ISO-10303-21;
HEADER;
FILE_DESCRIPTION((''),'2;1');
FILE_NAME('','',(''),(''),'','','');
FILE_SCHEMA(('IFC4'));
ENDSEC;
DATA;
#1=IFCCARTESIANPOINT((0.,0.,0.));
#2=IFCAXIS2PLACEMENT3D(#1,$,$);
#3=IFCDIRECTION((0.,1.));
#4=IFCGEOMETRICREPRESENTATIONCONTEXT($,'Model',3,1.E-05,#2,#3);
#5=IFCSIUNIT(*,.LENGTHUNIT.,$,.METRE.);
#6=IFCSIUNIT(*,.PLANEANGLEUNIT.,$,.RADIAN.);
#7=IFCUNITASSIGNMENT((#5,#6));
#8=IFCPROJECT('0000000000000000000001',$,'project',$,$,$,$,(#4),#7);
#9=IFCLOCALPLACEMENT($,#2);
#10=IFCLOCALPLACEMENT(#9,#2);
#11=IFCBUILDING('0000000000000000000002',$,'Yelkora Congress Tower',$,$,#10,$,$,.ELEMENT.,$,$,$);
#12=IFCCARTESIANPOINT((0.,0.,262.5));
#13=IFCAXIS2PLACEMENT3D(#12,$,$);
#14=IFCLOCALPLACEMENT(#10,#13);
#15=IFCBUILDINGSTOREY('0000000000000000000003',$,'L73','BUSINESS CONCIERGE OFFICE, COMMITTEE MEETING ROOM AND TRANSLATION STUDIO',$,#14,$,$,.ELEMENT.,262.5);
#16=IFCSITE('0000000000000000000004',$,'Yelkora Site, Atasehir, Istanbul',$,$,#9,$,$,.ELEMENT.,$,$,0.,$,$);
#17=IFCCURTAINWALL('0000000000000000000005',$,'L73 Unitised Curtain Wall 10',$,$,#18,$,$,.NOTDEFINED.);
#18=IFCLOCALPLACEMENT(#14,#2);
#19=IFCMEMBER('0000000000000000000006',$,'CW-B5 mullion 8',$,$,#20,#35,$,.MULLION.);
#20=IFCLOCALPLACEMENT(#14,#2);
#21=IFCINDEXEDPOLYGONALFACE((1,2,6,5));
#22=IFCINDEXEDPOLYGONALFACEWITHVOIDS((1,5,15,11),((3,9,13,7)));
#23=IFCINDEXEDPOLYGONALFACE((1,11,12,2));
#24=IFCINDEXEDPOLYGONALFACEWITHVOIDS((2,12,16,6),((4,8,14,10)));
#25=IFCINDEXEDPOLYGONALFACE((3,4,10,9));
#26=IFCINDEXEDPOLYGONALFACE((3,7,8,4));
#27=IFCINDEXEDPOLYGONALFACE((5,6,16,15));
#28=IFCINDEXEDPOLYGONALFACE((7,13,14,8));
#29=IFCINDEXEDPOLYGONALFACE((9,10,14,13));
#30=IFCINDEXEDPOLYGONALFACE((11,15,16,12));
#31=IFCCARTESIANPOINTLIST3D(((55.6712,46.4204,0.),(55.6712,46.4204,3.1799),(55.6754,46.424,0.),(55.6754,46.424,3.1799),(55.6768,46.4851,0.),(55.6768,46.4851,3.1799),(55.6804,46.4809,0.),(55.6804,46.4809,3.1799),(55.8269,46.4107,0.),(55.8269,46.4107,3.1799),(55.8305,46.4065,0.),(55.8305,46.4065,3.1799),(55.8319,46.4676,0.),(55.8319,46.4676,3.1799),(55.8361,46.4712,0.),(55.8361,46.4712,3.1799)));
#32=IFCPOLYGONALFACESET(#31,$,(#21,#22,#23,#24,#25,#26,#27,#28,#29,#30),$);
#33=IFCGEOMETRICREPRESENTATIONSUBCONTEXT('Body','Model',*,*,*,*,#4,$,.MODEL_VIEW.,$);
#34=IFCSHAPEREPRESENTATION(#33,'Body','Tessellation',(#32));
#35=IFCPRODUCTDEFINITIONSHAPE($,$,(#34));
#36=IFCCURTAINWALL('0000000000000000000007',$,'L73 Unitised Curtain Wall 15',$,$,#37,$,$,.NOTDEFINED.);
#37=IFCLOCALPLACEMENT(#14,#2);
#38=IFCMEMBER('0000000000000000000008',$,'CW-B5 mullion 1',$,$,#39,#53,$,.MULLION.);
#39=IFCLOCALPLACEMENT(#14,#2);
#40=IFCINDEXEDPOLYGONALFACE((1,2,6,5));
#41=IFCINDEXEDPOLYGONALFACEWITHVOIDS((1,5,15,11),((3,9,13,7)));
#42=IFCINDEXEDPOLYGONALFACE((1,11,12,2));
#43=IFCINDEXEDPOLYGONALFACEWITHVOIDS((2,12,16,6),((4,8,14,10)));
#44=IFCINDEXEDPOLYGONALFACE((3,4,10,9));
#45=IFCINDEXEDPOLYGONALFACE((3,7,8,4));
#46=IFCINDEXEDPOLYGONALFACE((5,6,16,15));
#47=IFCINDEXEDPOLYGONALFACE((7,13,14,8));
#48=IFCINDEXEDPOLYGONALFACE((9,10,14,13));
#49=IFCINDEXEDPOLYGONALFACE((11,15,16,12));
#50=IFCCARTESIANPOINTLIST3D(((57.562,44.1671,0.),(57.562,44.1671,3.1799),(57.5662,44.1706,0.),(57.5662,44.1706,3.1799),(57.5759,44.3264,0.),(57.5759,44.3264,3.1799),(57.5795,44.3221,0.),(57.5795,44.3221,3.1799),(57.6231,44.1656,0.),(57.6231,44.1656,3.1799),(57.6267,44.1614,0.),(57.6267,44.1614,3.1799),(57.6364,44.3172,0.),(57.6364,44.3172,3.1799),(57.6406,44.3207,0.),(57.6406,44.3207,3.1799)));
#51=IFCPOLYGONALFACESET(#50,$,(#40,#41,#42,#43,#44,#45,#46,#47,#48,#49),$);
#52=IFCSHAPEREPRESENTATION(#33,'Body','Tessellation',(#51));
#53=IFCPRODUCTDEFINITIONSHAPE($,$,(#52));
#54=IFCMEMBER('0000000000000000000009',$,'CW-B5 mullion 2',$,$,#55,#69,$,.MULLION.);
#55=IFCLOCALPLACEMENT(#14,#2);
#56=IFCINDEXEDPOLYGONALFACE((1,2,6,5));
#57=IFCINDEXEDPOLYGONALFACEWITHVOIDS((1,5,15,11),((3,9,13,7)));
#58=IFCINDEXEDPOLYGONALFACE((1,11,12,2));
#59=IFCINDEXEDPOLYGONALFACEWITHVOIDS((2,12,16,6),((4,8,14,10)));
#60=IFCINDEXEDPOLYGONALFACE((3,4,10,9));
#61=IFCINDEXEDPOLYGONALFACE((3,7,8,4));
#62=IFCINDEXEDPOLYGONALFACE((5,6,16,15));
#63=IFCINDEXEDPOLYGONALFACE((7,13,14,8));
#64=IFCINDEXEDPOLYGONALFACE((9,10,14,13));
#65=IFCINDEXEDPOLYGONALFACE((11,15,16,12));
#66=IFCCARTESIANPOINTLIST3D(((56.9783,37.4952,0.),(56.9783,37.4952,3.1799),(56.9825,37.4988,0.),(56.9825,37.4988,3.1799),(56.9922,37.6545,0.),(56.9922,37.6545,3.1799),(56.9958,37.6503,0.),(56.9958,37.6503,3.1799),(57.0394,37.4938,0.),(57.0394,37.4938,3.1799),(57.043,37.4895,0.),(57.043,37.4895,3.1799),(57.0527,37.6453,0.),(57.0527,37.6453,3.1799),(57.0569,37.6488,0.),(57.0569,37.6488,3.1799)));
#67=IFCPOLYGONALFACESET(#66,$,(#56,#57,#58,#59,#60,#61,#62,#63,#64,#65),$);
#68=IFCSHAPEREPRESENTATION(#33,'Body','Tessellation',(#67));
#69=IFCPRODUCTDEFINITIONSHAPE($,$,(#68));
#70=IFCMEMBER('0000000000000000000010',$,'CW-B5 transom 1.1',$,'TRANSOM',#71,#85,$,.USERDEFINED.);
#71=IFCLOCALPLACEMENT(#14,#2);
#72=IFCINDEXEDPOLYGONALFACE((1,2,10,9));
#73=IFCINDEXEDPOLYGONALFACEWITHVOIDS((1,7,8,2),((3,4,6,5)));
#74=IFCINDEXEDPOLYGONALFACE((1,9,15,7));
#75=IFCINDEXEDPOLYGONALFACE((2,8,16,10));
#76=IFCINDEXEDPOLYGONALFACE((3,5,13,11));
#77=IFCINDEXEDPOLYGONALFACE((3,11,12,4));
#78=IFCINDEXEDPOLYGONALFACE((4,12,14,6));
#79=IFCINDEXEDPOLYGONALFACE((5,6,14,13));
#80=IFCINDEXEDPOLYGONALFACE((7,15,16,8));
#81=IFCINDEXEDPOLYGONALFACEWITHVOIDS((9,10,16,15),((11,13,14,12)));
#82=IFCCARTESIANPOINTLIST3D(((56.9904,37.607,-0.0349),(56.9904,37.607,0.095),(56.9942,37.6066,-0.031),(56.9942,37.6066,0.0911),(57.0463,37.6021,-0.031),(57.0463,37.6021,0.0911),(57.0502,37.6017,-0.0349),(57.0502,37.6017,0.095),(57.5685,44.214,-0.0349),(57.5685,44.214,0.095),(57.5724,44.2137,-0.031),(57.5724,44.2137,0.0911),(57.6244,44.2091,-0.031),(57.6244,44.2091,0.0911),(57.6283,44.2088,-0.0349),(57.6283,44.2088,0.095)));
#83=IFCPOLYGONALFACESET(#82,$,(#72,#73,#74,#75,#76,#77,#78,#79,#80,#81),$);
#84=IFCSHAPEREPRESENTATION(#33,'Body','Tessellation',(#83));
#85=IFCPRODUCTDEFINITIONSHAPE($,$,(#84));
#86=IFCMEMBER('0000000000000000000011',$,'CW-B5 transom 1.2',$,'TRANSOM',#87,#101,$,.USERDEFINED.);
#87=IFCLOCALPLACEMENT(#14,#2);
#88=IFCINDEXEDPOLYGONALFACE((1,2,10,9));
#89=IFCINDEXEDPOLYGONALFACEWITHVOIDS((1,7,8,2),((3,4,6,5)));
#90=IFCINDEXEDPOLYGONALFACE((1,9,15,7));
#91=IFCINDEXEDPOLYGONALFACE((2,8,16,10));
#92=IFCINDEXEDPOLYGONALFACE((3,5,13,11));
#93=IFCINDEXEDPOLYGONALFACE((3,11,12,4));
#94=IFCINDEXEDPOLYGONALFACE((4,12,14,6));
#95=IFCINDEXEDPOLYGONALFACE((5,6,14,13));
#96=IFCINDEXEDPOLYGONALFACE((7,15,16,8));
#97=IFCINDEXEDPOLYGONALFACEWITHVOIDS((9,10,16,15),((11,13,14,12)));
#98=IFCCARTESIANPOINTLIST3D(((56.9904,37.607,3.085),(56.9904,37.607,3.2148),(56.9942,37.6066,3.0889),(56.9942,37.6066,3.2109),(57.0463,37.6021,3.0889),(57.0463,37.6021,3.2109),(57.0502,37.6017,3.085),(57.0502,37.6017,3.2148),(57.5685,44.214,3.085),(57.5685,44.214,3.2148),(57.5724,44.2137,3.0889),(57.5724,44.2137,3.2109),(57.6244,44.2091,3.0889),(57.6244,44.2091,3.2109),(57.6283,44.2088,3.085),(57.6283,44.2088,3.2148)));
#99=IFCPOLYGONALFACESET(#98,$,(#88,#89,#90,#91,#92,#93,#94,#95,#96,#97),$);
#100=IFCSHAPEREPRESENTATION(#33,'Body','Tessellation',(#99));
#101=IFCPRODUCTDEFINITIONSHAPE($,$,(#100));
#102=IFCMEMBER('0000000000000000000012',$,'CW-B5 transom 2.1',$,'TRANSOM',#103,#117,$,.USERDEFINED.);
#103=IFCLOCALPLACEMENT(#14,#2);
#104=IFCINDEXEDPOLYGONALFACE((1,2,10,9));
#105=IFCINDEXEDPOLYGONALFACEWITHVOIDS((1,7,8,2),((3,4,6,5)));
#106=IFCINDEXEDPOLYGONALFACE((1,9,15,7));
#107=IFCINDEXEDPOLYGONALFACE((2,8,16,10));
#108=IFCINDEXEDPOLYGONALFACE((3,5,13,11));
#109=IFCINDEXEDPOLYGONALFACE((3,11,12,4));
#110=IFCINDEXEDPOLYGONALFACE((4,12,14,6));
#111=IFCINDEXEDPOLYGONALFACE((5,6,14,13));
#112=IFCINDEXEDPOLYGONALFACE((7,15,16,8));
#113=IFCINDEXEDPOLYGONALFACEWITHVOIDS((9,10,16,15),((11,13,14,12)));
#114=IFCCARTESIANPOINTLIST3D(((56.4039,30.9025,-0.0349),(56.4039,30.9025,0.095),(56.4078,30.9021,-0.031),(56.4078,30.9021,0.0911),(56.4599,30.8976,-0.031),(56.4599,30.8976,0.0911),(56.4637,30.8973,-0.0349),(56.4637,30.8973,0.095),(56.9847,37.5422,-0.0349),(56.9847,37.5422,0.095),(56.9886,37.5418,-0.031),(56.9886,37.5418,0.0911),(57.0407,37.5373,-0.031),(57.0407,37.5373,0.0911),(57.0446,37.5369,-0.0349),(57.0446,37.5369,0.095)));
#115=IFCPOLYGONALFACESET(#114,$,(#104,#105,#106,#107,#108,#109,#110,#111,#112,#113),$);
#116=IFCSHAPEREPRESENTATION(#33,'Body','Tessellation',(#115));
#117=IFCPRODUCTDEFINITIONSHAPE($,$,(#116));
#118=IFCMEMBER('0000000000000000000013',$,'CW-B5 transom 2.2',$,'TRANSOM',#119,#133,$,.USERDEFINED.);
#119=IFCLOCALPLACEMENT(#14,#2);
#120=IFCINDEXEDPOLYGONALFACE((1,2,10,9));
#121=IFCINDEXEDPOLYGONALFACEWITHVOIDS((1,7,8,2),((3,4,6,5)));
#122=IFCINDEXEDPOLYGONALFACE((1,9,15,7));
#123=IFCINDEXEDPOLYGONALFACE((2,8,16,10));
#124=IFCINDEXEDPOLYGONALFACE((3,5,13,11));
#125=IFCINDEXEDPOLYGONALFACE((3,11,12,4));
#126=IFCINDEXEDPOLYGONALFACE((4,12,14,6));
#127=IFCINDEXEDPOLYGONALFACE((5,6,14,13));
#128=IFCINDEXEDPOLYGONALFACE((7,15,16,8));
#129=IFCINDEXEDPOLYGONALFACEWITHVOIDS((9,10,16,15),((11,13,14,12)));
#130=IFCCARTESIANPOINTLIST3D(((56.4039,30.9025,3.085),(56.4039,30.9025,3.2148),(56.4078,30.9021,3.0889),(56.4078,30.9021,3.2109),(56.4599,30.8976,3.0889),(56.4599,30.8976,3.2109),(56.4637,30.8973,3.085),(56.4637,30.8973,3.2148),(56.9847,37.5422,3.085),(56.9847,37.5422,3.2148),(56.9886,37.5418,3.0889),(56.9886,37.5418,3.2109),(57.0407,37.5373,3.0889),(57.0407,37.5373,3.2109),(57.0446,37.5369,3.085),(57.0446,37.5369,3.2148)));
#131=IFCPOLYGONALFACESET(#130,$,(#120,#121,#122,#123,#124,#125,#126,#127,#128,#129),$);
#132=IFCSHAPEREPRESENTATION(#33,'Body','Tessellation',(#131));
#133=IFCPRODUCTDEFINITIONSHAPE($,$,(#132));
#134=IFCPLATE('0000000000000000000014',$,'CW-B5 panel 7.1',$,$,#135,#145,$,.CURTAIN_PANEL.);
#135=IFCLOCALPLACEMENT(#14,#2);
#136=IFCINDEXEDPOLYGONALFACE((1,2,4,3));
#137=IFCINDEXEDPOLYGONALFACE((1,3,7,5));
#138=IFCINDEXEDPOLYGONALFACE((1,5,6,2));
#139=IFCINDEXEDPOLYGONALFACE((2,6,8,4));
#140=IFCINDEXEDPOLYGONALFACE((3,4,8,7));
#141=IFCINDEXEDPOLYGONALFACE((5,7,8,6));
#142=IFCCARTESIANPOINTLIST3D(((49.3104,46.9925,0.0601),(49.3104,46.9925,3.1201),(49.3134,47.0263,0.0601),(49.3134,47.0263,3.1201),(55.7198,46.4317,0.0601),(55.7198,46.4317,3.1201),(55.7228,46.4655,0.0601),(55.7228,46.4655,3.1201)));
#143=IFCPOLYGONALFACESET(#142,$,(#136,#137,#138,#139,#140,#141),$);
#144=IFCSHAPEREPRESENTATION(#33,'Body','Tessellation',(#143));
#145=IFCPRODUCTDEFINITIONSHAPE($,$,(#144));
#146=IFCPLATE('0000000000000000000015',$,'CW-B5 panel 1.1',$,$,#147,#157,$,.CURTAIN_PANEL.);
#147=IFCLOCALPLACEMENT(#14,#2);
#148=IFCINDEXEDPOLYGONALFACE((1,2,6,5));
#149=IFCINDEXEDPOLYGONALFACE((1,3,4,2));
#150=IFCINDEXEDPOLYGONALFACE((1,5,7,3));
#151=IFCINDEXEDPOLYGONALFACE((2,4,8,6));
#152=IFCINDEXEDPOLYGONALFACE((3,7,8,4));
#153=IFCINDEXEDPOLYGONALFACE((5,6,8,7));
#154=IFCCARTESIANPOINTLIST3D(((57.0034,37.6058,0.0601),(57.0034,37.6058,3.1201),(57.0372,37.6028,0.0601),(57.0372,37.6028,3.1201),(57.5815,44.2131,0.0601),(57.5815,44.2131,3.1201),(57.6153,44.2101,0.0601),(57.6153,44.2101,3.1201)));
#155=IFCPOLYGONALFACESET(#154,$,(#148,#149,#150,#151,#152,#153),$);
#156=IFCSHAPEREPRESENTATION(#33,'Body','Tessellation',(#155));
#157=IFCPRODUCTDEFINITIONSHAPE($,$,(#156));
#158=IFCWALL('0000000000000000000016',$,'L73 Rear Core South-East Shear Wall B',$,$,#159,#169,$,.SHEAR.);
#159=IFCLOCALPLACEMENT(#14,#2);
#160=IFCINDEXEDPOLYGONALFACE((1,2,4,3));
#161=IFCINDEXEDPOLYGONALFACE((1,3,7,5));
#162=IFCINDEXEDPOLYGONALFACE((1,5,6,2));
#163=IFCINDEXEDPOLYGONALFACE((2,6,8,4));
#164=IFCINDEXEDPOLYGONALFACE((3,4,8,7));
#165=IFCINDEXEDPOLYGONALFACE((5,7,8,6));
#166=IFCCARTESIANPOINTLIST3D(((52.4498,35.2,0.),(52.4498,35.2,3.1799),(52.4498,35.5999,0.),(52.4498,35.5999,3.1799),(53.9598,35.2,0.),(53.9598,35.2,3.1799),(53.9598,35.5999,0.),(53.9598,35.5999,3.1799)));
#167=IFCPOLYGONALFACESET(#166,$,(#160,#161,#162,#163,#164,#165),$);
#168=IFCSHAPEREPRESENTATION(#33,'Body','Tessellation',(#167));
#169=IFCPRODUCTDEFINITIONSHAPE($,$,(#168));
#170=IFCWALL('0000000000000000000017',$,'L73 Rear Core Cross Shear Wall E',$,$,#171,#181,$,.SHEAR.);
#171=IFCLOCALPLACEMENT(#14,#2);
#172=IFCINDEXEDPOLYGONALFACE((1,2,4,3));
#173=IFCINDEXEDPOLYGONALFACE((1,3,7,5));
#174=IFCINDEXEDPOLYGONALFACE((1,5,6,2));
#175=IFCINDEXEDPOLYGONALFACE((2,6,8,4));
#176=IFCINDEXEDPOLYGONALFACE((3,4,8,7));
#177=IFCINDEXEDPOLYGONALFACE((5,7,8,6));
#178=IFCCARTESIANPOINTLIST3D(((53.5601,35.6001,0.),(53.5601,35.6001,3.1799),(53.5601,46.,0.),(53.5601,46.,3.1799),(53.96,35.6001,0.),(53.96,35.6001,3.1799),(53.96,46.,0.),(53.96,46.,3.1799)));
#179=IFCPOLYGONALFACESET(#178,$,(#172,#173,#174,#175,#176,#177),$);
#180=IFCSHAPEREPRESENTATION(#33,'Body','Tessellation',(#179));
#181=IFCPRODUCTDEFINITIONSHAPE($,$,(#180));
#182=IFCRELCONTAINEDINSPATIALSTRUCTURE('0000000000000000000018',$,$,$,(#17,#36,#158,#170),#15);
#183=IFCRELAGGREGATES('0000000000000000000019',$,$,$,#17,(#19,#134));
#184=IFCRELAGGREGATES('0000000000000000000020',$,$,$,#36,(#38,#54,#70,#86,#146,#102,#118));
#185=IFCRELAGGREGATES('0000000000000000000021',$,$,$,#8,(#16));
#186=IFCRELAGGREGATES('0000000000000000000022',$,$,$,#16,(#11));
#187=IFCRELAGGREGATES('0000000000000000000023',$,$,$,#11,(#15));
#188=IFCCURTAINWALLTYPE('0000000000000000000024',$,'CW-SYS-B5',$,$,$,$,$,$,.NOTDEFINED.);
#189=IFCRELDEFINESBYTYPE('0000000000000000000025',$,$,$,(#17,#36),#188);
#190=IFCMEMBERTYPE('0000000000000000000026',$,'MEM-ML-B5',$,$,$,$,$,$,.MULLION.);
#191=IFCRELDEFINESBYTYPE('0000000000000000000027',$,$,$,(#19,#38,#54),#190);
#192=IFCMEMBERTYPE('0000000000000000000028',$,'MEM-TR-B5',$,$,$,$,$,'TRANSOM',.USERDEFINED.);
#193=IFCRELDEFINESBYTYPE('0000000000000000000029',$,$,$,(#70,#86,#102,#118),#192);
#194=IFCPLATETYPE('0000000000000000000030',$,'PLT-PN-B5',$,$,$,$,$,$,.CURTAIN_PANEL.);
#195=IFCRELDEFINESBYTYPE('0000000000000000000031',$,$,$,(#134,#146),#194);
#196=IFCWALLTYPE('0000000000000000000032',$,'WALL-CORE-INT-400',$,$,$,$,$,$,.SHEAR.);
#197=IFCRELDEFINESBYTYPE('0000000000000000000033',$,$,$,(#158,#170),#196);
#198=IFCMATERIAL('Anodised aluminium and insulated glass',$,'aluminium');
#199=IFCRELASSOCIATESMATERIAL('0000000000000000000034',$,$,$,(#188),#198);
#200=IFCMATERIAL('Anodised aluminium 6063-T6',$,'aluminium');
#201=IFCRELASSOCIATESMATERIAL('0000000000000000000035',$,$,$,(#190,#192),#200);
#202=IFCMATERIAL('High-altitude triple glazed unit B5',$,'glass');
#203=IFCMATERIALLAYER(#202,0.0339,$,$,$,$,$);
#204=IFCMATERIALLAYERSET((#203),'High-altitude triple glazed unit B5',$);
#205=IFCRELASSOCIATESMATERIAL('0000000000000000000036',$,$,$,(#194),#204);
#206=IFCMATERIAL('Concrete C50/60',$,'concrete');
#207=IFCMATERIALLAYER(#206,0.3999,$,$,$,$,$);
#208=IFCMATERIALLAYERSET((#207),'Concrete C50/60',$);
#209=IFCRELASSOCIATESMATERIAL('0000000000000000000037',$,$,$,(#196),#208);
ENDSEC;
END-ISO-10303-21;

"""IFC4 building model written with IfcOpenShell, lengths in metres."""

from ifc_helpers import new_model, si_unit, direction, frame, frame_2d, origin, origin_2d, place, context, subcontext, project, spatial, rectangle, hollow_rectangle, extrude, material, layer, layer_set, material_profile, profile_set, type_object, element, aggregate, save


model = new_model("IFC4")

# Units and contexts
model_context = context("Model", 3, precision=1e-05, world=origin(), true_north=direction((0.0, 1.0)))
body_context = subcontext(model_context, "Body", "Model", "MODEL_VIEW")
ifc_project = project(units=[si_unit("LENGTHUNIT", "METRE"), si_unit("PLANEANGLEUNIT", "RADIAN")], contexts=[model_context])

# Site, building, storey
site_placement = place(None, origin())
site = spatial("IfcSite", under=ifc_project, at=site_placement, Name="Yelkora Site, Atasehir, Istanbul", CompositionType="ELEMENT", RefElevation=0.0)
building_placement = place(site_placement, origin())
building = spatial("IfcBuilding", under=site, at=building_placement, Name="Yelkora Congress Tower", CompositionType="ELEMENT")
storey_placement = place(building_placement, frame((0.0, 0.0, 262.5)))
storey = spatial("IfcBuildingStorey", under=building, at=storey_placement, Name="L73", Description="BUSINESS CONCIERGE OFFICE, COMMITTEE MEETING ROOM AND TRANSLATION STUDIO", CompositionType="ELEMENT", Elevation=262.5)

# Curtain wall, member
ifc_material_1 = material(Name="Anodised aluminium and insulated glass", Category="aluminium")
curtain_wall_type = type_object("IfcCurtainWallType", Name="CW-SYS-B5", PredefinedType="NOTDEFINED", material=ifc_material_1)
curtain_wall_1_placement = place(storey_placement, origin())
curtain_wall_1 = element("IfcCurtainWall", 1, at=curtain_wall_1_placement, inside=storey, type_object=curtain_wall_type, Name="L73 Unitised Curtain Wall 10", PredefinedType="NOTDEFINED")
ifc_material_2 = material(Name="Anodised aluminium 6063-T6", Category="aluminium")
ifc_material_profile_1 = material_profile(ifc_material_2, hollow_rectangle(XDim=0.0649, YDim=0.1599, WallThickness=0.0039, at=origin_2d()), Name="ALU 65x160x4")
ifc_profile_set_1 = profile_set([ifc_material_profile_1], Name="Anodised aluminium 6063-T6")
member_type_1 = type_object("IfcMemberType", Name="MEM-ML-B5", PredefinedType="MULLION", material=ifc_profile_set_1)
member_1_placement = place(storey_placement, frame((55.7537, 46.4458, 0.0), z_axis=(0.0, 0.0, 1.0), x_axis=(0.087157, 0.996195, 0.0)))
member_1 = element("IfcMember", 2, at=member_1_placement, type_object=member_type_1, Name="CW-B5 mullion 8", PredefinedType="MULLION", context=body_context, shape_type="SweptSolid", body=[
    extrude(hollow_rectangle(XDim=0.0649, YDim=0.1599, WallThickness=0.0039, at=origin_2d()), origin(), (0.0, 0.0, 1.0), 3.1799),
])

# Curtain wall, members
curtain_wall_2_placement = place(storey_placement, origin())
curtain_wall_2 = element("IfcCurtainWall", 3, at=curtain_wall_2_placement, inside=storey, type_object=curtain_wall_type, Name="L73 Unitised Curtain Wall 15", PredefinedType="NOTDEFINED")
member_2_placement = place(storey_placement, frame((57.6013, 44.2439, 0.0), z_axis=(0.0, 0.0, 1.0), x_axis=(0.996194, -0.087158, 0.0)))
member_2 = element("IfcMember", 4, at=member_2_placement, type_object=member_type_1, Name="CW-B5 mullion 1", PredefinedType="MULLION", context=body_context, shape_type="SweptSolid", body=[
    extrude(hollow_rectangle(XDim=0.0649, YDim=0.1599, WallThickness=0.0039, at=origin_2d()), origin(), (0.0, 0.0, 1.0), 3.1799),
])
member_3_placement = place(storey_placement, frame((57.0176, 37.572, 0.0), z_axis=(0.0, 0.0, 1.0), x_axis=(0.996194, -0.087158, 0.0)))
member_3 = element("IfcMember", 5, at=member_3_placement, type_object=member_type_1, Name="CW-B5 mullion 2", PredefinedType="MULLION", context=body_context, shape_type="SweptSolid", body=[
    extrude(hollow_rectangle(XDim=0.0649, YDim=0.1599, WallThickness=0.0039, at=origin_2d()), origin(), (0.0, 0.0, 1.0), 3.1799),
])
ifc_material_profile_2 = material_profile(ifc_material_2, hollow_rectangle(XDim=0.0601, YDim=0.1299, WallThickness=0.0039, at=origin_2d()), Name="ALU 60x130x4")
ifc_profile_set_2 = profile_set([ifc_material_profile_2], Name="Anodised aluminium 6063-T6")
member_type_2 = type_object("IfcMemberType", Name="MEM-TR-B5", ElementType="TRANSOM", PredefinedType="USERDEFINED", material=ifc_profile_set_2)
member_4_placement = place(storey_placement, frame((57.5984, 44.2114, 0.03), z_axis=(-0.087166, -0.996194, 0.0), x_axis=(0.996194, -0.087166, 0.0)))
member_4 = element("IfcMember", 6, at=member_4_placement, type_object=member_type_2, Name="CW-B5 transom 1.1", ObjectType="TRANSOM", PredefinedType="USERDEFINED", context=body_context, shape_type="SweptSolid", body=[
    extrude(hollow_rectangle(XDim=0.0601, YDim=0.1299, WallThickness=0.0039, at=origin_2d()), origin(), (0.0, 0.0, 1.0), 6.6323),
])
member_5_placement = place(storey_placement, frame((57.5984, 44.2114, 3.1499), z_axis=(-0.087166, -0.996194, 0.0), x_axis=(0.996194, -0.087166, 0.0)))
member_5 = element("IfcMember", 7, at=member_5_placement, type_object=member_type_2, Name="CW-B5 transom 1.2", ObjectType="TRANSOM", PredefinedType="USERDEFINED", context=body_context, shape_type="SweptSolid", body=[
    extrude(hollow_rectangle(XDim=0.0601, YDim=0.1299, WallThickness=0.0039, at=origin_2d()), origin(), (0.0, 0.0, 1.0), 6.6323),
])
member_6_placement = place(storey_placement, frame((57.0146, 37.5396, 0.03), z_axis=(-0.087143, -0.996196, 0.0), x_axis=(0.996196, -0.087143, 0.0)))
member_6 = element("IfcMember", 8, at=member_6_placement, type_object=member_type_2, Name="CW-B5 transom 2.1", ObjectType="TRANSOM", PredefinedType="USERDEFINED", context=body_context, shape_type="SweptSolid", body=[
    extrude(hollow_rectangle(XDim=0.0601, YDim=0.1299, WallThickness=0.0039, at=origin_2d()), origin(), (0.0, 0.0, 1.0), 6.665),
])
member_7_placement = place(storey_placement, frame((57.0146, 37.5396, 3.1499), z_axis=(-0.087143, -0.996196, 0.0), x_axis=(0.996196, -0.087143, 0.0)))
member_7 = element("IfcMember", 9, at=member_7_placement, type_object=member_type_2, Name="CW-B5 transom 2.2", ObjectType="TRANSOM", PredefinedType="USERDEFINED", context=body_context, shape_type="SweptSolid", body=[
    extrude(hollow_rectangle(XDim=0.0601, YDim=0.1299, WallThickness=0.0039, at=origin_2d()), origin(), (0.0, 0.0, 1.0), 6.665),
])

# Plates
ifc_material_3 = material(Name="High-altitude triple glazed unit B5", Category="glass")
ifc_layer_1 = layer(ifc_material_3, 0.0339)
ifc_layer_set_1 = layer_set([ifc_layer_1], Name="High-altitude triple glazed unit B5")
plate_type = type_object("IfcPlateType", Name="PLT-PN-B5", PredefinedType="CURTAIN_PANEL", material=ifc_layer_set_1)
plate_1_placement = place(storey_placement, frame((52.5166, 46.729, 0.0601), z_axis=(0.0, 0.0, 1.0), x_axis=(0.996195, -0.087157, 0.0)))
plate_1 = element("IfcPlate", 10, at=plate_1_placement, type_object=plate_type, Name="CW-B5 panel 7.1", PredefinedType="CURTAIN_PANEL", context=body_context, shape_type="SweptSolid", body=[
    extrude(rectangle(XDim=6.4338, YDim=0.0339, at=origin_2d()), origin(), (0.0, 0.0, 1.0), 3.0601),
])
aggregate(curtain_wall_1, [member_1, plate_1])
plate_2_placement = place(storey_placement, frame((57.3093, 40.908, 0.0601), z_axis=(0.0, 0.0, 1.0), x_axis=(-0.087158, -0.996194, 0.0)))
plate_2 = element("IfcPlate", 11, at=plate_2_placement, type_object=plate_type, Name="CW-B5 panel 1.1", PredefinedType="CURTAIN_PANEL", context=body_context, shape_type="SweptSolid", body=[
    extrude(rectangle(XDim=6.6326, YDim=0.0339, at=origin_2d()), origin(), (0.0, 0.0, 1.0), 3.0601),
])
aggregate(curtain_wall_2, [member_2, member_3, member_4, member_5, plate_2, member_6, member_7])

# Walls
ifc_material_4 = material(Name="Concrete C50/60", Category="concrete")
ifc_layer_2 = layer(ifc_material_4, 0.3999)
ifc_layer_set_2 = layer_set([ifc_layer_2], Name="Concrete C50/60")
wall_type_1 = type_object("IfcWallType", Name="WALL-CORE-INT-400", PredefinedType="SHEAR", material=ifc_layer_set_2)
wall_1_placement = place(storey_placement, frame((52.45, 35.3999, 0.0), z_axis=(0.0, 0.0, 1.0), x_axis=(1.0, 0.0, 0.0)))
element("IfcWall", 12, at=wall_1_placement, inside=storey, type_object=wall_type_1, Name="L73 Rear Core South-East Shear Wall B", PredefinedType="SHEAR", context=body_context, shape_type="SweptSolid", body=[
    extrude(rectangle(XDim=1.51, YDim=0.3999, at=frame_2d((0.7549, 0.0))), origin(), (0.0, 0.0, 1.0), 3.1799),
])
wall_2_placement = place(storey_placement, frame((53.76, 35.6001, 0.0), z_axis=(0.0, 0.0, 1.0), x_axis=(0.0, 1.0, 0.0)))
element("IfcWall", 13, at=wall_2_placement, inside=storey, type_object=wall_type_1, Name="L73 Rear Core Cross Shear Wall E", PredefinedType="SHEAR", context=body_context, shape_type="SweptSolid", body=[
    extrude(rectangle(XDim=10.3999, YDim=0.3999, at=frame_2d((5.2, 0.0))), origin(), (0.0, 0.0, 1.0), 3.1799),
])

save(model, "model.ifc")
